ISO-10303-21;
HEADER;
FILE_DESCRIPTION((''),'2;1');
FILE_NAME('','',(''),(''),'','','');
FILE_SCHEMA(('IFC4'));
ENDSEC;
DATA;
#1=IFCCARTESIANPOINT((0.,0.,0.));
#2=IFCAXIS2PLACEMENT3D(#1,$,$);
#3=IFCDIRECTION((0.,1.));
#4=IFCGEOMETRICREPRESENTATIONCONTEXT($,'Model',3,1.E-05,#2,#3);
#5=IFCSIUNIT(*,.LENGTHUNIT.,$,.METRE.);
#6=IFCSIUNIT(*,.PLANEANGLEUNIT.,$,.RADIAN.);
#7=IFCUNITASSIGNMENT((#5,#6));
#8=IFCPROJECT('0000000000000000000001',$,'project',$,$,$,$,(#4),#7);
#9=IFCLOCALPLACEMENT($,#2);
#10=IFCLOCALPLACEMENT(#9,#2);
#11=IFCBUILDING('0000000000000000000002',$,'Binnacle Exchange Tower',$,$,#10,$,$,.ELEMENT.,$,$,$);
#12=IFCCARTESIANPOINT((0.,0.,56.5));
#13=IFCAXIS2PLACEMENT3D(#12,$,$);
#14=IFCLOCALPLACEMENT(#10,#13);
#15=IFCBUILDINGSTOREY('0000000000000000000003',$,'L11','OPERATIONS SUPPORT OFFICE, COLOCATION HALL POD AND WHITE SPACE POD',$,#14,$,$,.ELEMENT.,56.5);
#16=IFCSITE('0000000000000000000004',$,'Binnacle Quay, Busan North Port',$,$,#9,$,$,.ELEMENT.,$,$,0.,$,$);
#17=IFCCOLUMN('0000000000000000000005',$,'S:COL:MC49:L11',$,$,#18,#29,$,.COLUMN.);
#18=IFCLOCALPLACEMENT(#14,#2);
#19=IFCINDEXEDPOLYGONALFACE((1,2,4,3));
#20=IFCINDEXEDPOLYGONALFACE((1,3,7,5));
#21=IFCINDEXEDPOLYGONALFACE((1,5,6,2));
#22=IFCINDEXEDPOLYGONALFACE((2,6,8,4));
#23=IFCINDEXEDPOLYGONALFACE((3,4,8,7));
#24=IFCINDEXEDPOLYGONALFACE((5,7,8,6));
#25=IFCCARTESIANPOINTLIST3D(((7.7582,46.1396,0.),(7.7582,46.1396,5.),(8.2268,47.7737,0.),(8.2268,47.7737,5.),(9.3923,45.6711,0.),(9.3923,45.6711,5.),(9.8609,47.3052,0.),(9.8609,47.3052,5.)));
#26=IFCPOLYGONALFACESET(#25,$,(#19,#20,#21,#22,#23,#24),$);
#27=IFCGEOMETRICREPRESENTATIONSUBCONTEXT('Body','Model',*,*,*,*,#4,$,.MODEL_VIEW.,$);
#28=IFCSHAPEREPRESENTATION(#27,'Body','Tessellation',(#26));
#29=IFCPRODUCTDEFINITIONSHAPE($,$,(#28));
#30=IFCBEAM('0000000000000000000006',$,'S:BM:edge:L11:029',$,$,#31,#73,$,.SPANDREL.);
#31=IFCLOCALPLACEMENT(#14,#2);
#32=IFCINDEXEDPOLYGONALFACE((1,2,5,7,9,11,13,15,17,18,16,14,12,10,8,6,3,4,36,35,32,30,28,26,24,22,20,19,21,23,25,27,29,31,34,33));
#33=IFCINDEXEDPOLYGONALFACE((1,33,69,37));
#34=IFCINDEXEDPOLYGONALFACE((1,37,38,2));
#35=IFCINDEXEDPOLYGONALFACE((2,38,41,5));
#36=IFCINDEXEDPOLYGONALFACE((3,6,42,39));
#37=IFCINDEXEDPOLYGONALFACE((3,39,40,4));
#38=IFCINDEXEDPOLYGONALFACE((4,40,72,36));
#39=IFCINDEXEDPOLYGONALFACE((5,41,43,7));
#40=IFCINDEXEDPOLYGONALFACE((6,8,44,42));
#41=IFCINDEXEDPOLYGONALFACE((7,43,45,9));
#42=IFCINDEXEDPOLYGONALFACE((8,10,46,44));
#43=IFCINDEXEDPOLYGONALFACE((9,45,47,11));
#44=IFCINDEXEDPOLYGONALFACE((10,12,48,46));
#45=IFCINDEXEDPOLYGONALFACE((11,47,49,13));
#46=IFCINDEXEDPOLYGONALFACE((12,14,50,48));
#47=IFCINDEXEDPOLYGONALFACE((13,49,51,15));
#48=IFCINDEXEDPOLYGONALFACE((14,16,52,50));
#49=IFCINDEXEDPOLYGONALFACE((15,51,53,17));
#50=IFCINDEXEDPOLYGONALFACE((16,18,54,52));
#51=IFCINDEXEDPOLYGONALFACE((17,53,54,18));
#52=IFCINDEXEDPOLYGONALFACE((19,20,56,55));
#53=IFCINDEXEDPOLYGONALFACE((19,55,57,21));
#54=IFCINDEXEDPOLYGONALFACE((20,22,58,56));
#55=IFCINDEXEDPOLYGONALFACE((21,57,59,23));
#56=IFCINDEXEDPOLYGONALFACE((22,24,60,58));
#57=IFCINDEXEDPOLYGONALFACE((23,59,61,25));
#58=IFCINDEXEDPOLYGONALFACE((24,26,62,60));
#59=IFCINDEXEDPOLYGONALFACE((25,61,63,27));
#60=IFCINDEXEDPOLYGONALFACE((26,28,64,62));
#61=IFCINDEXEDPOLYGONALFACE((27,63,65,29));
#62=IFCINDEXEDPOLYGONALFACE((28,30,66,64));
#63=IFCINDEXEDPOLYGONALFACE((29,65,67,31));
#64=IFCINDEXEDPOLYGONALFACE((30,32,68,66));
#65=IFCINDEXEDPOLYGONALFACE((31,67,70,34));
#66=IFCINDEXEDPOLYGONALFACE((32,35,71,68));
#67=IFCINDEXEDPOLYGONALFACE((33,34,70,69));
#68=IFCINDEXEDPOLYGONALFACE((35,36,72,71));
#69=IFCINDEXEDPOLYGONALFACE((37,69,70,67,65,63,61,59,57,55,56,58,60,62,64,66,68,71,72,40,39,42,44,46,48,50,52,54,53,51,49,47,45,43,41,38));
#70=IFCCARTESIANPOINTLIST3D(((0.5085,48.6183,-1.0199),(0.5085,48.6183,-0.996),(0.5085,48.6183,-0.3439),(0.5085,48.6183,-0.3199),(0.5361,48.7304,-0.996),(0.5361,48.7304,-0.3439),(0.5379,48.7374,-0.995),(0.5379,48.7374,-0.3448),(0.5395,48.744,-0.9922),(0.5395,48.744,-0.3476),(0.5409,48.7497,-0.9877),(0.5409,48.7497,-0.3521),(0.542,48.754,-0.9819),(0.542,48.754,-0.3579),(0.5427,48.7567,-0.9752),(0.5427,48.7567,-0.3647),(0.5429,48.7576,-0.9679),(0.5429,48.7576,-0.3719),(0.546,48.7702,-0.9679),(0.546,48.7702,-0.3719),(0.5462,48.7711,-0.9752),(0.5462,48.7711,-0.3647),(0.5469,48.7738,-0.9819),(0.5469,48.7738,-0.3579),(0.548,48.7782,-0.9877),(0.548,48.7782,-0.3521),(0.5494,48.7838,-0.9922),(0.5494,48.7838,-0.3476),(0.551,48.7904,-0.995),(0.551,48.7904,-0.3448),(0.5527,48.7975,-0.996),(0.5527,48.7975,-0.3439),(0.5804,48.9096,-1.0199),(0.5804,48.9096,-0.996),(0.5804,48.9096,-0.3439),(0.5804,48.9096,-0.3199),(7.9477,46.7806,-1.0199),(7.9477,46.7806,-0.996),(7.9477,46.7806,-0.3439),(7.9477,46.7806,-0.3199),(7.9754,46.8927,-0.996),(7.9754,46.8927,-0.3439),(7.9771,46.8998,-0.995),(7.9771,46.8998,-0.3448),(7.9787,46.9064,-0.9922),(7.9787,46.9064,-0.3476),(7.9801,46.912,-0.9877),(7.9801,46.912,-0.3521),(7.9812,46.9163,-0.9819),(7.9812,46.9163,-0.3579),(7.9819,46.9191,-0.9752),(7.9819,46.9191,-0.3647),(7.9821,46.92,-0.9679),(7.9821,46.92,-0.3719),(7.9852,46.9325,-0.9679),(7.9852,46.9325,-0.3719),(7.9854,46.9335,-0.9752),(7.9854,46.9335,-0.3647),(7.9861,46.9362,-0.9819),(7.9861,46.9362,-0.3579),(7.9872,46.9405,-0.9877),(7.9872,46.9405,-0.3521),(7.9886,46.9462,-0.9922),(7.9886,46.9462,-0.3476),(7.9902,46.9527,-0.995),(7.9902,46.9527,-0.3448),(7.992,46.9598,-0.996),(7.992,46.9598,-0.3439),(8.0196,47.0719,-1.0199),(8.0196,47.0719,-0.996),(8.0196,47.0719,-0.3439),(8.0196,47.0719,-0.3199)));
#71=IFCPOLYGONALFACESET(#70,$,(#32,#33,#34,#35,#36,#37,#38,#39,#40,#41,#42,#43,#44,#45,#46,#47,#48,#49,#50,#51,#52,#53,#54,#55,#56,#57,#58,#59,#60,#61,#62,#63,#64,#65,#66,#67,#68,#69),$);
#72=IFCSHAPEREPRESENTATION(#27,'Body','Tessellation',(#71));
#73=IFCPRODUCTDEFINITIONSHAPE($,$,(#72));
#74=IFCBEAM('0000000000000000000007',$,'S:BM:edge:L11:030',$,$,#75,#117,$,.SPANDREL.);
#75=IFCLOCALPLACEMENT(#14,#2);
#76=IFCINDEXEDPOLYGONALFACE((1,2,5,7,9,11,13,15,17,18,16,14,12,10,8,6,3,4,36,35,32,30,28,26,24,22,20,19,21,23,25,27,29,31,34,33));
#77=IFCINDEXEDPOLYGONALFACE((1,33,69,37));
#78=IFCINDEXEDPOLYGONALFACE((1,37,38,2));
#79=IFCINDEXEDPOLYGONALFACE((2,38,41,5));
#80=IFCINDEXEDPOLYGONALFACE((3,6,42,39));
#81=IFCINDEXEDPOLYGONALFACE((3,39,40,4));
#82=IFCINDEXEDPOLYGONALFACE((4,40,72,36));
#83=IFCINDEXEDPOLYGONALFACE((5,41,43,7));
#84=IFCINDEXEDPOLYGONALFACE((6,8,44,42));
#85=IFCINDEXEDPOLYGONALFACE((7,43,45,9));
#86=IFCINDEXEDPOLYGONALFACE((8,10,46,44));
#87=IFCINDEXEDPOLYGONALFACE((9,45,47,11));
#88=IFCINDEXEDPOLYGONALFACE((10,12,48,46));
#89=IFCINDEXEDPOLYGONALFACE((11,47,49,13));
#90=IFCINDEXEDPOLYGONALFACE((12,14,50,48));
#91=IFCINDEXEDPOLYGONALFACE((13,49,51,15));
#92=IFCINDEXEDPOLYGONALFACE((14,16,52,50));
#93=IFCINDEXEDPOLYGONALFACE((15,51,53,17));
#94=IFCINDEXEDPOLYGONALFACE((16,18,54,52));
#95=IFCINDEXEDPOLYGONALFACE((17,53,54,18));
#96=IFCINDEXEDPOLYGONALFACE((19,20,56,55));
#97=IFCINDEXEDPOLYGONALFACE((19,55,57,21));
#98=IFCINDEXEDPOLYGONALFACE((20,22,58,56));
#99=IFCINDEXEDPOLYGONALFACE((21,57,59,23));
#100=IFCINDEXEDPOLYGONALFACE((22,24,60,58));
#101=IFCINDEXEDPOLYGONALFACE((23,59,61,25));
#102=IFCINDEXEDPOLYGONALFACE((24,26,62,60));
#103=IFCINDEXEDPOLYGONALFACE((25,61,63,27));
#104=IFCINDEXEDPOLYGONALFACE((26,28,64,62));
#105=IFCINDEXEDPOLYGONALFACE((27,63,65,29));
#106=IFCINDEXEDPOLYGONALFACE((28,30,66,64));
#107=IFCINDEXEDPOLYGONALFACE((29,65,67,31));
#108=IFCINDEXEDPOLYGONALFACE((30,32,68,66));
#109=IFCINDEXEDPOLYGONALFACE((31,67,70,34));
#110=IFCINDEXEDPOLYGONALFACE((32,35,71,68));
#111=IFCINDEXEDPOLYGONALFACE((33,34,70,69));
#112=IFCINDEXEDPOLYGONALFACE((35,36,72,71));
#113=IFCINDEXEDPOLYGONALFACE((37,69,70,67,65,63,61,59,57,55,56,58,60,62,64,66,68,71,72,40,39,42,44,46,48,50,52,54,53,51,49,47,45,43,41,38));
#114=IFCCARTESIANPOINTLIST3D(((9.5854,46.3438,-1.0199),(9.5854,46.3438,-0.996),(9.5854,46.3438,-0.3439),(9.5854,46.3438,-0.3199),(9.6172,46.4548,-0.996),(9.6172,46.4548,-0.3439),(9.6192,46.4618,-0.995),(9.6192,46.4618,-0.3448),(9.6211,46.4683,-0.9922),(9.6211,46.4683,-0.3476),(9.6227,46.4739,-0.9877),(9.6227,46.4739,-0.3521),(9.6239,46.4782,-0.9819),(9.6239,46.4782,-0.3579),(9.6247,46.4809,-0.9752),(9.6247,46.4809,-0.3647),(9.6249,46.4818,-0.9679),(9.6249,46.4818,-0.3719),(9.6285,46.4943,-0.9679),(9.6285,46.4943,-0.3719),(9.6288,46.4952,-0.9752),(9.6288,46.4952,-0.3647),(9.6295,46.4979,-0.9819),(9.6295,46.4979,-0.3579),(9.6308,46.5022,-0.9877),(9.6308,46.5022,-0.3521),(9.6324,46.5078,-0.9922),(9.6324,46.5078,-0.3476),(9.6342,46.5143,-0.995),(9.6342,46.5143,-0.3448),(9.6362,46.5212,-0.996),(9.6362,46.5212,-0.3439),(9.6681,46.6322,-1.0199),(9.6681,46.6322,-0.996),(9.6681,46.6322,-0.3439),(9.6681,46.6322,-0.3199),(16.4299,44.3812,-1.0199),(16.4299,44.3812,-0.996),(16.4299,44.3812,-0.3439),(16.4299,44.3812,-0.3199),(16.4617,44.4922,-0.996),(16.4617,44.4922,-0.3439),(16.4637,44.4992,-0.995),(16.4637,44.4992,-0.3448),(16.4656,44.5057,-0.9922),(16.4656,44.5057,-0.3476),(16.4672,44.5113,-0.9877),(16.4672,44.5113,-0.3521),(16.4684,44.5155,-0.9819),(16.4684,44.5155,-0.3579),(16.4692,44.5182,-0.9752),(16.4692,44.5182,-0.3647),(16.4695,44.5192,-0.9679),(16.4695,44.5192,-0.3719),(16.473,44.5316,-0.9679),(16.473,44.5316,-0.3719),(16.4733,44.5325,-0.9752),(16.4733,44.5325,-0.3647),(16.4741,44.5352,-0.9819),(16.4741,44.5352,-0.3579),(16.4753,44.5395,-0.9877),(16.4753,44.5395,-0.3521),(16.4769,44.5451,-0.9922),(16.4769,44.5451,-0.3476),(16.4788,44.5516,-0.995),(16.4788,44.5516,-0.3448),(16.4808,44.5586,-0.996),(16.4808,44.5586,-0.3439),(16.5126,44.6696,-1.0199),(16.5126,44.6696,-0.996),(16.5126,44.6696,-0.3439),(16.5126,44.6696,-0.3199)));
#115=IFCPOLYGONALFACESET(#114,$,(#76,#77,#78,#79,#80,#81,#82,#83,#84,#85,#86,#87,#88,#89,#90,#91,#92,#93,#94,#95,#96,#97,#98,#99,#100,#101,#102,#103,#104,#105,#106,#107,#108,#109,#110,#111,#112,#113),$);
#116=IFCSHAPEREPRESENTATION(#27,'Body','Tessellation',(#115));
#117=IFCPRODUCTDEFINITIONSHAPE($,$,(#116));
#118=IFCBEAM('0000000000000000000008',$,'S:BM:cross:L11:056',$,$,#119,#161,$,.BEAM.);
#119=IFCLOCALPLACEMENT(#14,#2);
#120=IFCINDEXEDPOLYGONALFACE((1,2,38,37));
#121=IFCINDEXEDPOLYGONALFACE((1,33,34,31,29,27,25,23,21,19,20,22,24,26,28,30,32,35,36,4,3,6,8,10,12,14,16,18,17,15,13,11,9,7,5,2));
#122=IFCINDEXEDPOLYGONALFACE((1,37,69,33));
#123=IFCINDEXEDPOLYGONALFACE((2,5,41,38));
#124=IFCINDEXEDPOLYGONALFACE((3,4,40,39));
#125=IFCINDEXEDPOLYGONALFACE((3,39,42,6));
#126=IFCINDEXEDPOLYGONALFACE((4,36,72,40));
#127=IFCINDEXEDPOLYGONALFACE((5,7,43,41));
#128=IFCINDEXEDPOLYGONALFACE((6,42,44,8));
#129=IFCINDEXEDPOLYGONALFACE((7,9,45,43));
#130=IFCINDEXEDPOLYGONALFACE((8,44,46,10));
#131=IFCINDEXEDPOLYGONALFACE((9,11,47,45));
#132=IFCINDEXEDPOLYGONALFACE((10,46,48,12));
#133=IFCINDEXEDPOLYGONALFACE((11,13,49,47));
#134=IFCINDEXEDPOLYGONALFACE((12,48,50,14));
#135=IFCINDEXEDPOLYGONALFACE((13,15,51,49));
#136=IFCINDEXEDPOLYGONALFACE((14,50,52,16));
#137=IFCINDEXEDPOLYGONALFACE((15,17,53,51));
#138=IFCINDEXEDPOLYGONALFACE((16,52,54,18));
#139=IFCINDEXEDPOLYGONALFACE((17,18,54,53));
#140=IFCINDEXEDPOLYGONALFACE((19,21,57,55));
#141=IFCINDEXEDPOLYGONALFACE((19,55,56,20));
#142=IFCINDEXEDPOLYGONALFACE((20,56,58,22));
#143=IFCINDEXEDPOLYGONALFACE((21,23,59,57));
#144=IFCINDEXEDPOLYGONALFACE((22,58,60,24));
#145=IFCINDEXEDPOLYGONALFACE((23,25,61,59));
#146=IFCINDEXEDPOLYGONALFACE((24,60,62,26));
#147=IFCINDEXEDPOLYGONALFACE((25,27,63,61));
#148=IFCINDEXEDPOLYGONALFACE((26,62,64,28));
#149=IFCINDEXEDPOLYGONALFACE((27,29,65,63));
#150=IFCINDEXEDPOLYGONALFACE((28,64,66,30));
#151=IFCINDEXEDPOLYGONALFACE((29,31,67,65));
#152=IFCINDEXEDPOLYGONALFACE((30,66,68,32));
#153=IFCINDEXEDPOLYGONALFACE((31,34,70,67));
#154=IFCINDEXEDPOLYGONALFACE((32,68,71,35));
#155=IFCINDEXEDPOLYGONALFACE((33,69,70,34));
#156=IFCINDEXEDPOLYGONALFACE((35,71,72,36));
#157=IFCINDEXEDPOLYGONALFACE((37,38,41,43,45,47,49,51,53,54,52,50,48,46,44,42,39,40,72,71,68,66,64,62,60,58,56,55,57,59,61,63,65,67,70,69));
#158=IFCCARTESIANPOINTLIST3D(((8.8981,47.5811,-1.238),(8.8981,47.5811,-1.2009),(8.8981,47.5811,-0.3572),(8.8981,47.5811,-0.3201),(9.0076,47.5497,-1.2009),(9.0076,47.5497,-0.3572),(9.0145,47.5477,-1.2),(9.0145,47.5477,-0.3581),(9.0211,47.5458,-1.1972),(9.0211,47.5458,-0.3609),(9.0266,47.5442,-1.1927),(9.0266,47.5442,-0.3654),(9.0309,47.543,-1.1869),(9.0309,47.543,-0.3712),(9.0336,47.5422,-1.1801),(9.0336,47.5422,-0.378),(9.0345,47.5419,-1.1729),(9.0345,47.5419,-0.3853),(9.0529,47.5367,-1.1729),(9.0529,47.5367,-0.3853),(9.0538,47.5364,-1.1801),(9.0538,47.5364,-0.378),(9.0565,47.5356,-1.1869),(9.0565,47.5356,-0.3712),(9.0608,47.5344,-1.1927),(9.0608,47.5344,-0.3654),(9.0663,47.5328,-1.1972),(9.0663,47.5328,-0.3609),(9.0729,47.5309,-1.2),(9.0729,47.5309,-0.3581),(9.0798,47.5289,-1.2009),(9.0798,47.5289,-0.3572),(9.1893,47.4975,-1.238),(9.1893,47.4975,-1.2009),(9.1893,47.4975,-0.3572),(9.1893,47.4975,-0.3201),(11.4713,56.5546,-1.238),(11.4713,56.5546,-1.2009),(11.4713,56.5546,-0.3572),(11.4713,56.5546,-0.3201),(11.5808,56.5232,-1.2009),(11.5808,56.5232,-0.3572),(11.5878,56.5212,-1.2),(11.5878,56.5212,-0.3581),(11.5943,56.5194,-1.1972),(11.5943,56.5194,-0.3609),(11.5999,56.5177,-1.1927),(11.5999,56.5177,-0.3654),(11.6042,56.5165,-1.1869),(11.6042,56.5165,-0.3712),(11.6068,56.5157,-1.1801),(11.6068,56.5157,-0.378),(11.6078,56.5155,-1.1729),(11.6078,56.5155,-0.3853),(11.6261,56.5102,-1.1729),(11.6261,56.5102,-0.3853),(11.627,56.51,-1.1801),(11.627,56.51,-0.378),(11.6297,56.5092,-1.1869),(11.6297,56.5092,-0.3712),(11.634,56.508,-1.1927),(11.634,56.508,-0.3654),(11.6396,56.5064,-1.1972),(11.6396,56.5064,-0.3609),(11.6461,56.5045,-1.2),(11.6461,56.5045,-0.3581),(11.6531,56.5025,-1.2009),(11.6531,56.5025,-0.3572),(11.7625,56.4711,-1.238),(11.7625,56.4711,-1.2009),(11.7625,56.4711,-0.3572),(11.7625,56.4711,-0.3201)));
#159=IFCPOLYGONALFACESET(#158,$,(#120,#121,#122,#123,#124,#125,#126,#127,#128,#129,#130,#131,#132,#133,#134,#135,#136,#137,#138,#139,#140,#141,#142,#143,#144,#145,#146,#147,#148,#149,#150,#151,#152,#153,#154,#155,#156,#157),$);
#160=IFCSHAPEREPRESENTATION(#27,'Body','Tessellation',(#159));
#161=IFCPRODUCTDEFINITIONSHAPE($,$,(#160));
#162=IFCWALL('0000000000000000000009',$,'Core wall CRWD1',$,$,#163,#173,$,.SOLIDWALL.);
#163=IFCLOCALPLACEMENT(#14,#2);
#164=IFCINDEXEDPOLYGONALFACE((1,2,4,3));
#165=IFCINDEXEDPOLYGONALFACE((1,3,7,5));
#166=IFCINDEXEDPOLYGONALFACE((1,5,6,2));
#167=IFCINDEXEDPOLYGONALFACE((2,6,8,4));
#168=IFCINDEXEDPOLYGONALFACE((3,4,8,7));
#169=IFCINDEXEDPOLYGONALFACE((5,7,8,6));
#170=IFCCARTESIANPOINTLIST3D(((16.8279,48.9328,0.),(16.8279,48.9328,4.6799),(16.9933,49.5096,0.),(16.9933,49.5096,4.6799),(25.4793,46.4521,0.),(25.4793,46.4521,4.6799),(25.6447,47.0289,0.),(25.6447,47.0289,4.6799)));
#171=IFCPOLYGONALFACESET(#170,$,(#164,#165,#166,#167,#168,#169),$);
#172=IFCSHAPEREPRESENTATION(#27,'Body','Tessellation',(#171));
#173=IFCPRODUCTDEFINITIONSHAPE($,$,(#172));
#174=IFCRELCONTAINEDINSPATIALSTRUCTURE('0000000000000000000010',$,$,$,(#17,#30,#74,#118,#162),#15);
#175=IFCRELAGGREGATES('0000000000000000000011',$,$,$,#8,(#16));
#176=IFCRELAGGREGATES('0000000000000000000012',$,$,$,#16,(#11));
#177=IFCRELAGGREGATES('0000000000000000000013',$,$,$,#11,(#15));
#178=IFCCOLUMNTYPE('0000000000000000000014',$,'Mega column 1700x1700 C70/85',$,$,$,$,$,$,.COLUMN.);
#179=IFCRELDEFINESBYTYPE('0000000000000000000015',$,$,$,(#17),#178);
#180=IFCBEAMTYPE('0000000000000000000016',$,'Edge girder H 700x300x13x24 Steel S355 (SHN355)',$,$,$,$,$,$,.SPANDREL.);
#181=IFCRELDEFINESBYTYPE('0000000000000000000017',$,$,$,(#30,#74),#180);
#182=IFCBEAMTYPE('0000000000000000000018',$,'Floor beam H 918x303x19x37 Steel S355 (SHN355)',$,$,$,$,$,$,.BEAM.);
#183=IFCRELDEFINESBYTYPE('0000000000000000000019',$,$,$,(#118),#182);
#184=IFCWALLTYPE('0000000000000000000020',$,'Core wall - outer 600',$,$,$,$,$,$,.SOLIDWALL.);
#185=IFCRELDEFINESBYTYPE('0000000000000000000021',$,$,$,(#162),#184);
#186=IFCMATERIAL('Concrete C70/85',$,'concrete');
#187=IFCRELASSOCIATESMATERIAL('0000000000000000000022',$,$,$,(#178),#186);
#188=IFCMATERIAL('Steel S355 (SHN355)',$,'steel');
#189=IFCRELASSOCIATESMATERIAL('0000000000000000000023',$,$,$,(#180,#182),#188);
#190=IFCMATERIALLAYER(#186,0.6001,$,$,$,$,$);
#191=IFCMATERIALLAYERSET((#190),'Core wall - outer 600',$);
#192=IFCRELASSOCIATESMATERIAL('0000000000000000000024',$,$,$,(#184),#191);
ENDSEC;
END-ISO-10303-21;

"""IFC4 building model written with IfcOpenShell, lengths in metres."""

from ifc_helpers import new_model, si_unit, direction, frame, frame_2d, origin, origin_2d, place, context, subcontext, project, spatial, rectangle, i_section, extrude, material, layer, layer_set, material_profile, profile_set, type_object, element, save


model = new_model("IFC4")

# Units and contexts
model_context = context("Model", 3, precision=1e-05, world=origin(), true_north=direction((0.0, 1.0)))
body_context = subcontext(model_context, "Body", "Model", "MODEL_VIEW")
ifc_project = project(units=[si_unit("LENGTHUNIT", "METRE"), si_unit("PLANEANGLEUNIT", "RADIAN")], contexts=[model_context])

# Site, building, storey
site_placement = place(None, origin())
site = spatial("IfcSite", under=ifc_project, at=site_placement, Name="Binnacle Quay, Busan North Port", CompositionType="ELEMENT", RefElevation=0.0)
building_placement = place(site_placement, origin())
building = spatial("IfcBuilding", under=site, at=building_placement, Name="Binnacle Exchange Tower", CompositionType="ELEMENT")
storey_placement = place(building_placement, frame((0.0, 0.0, 56.5)))
storey = spatial("IfcBuildingStorey", under=building, at=storey_placement, Name="L11", Description="OPERATIONS SUPPORT OFFICE, COLOCATION HALL POD AND WHITE SPACE POD", CompositionType="ELEMENT", Elevation=56.5)

# Column
ifc_material_1 = material(Name="Concrete C70/85", Category="concrete")
ifc_material_profile_1 = material_profile(ifc_material_1, rectangle(XDim=1.7, YDim=1.7, at=origin_2d()), Name="Mega column 1700x1700 C70/85")
ifc_profile_set_1 = profile_set([ifc_material_profile_1], Name="Concrete C70/85")
column_type = type_object("IfcColumnType", Name="Mega column 1700x1700 C70/85", PredefinedType="COLUMN", material=ifc_profile_set_1)
column_placement = place(storey_placement, frame((8.8096, 46.7224, 0.0), z_axis=(0.0, 0.0, 1.0), x_axis=(0.961262, -0.275637, 0.0)))
element("IfcColumn", 1, at=column_placement, inside=storey, type_object=column_type, Name="S:COL:MC49:L11", PredefinedType="COLUMN", context=body_context, shape_type="SweptSolid", body=[
    extrude(rectangle(XDim=1.7, YDim=1.7, at=origin_2d()), origin(), (0.0, 0.0, 1.0), 5.0),
])

# Beams
ifc_material_2 = material(Name="Steel S355 (SHN355)", Category="steel")
ifc_material_profile_2 = material_profile(ifc_material_2, i_section(OverallWidth=0.3, OverallDepth=0.7, WebThickness=0.0129, FlangeThickness=0.0239, FilletRadius=0.0281, at=origin_2d()), Name="H 700x300x13x24")
ifc_profile_set_2 = profile_set([ifc_material_profile_2], Name="Steel S355 (SHN355)")
beam_type_1 = type_object("IfcBeamType", Name="Edge girder H 700x300x13x24 Steel S355 (SHN355)", PredefinedType="SPANDREL", material=ifc_profile_set_2)
beam_1_placement = place(storey_placement, frame((0.5444, 48.7639, -0.6699), z_axis=(0.970819, -0.239813, 0.0), x_axis=(0.239813, 0.970819, 0.0)))
element("IfcBeam", 2, at=beam_1_placement, inside=storey, type_object=beam_type_1, Name="S:BM:edge:L11:029", PredefinedType="SPANDREL", context=body_context, shape_type="SweptSolid", body=[
    extrude(i_section(OverallWidth=0.3, OverallDepth=0.7, WebThickness=0.0129, FlangeThickness=0.0239, FilletRadius=0.0281, at=origin_2d()), origin(), (0.0, 0.0, 1.0), 7.6628),
])
beam_2_placement = place(storey_placement, frame((9.6267, 46.488, -0.6699), z_axis=(0.961261, -0.27564, 0.0), x_axis=(0.27564, 0.961261, 0.0)))
element("IfcBeam", 3, at=beam_2_placement, inside=storey, type_object=beam_type_1, Name="S:BM:edge:L11:030", PredefinedType="SPANDREL", context=body_context, shape_type="SweptSolid", body=[
    extrude(i_section(OverallWidth=0.3, OverallDepth=0.7, WebThickness=0.0129, FlangeThickness=0.0239, FilletRadius=0.0281, at=origin_2d()), origin(), (0.0, 0.0, 1.0), 7.1204),
])
ifc_material_profile_3 = material_profile(ifc_material_2, i_section(OverallWidth=0.303, OverallDepth=0.918, WebThickness=0.019, FlangeThickness=0.0371, FilletRadius=0.0281, at=origin_2d()), Name="H 918x303x19x37")
ifc_profile_set_3 = profile_set([ifc_material_profile_3], Name="Steel S355 (SHN355)")
beam_type_2 = type_object("IfcBeamType", Name="Floor beam H 918x303x19x37 Steel S355 (SHN355)", PredefinedType="BEAM", material=ifc_profile_set_3)
beam_3_placement = place(storey_placement, frame((9.0437, 47.5393, -0.7791), z_axis=(0.275647, 0.961259, 0.0), x_axis=(-0.961259, 0.275647, 0.0)))
element("IfcBeam", 4, at=beam_3_placement, inside=storey, type_object=beam_type_2, Name="S:BM:cross:L11:056", PredefinedType="BEAM", context=body_context, shape_type="SweptSolid", body=[
    extrude(i_section(OverallWidth=0.303, OverallDepth=0.918, WebThickness=0.019, FlangeThickness=0.0371, FilletRadius=0.0281, at=origin_2d()), origin(), (0.0, 0.0, 1.0), 9.3352),
])

# Wall
ifc_layer_1 = layer(ifc_material_1, 0.6001)
ifc_layer_set_1 = layer_set([ifc_layer_1], Name="Core wall - outer 600")
wall_type_1 = type_object("IfcWallType", Name="Core wall - outer 600", PredefinedType="SOLIDWALL", material=ifc_layer_set_1)
wall_1_placement = place(storey_placement, frame((16.9106, 49.2212, 0.0), z_axis=(0.0, 0.0, 1.0), x_axis=(0.961262, -0.275635, 0.0)))
element("IfcWall", 5, at=wall_1_placement, inside=storey, type_object=wall_type_1, Name="Core wall CRWD1", PredefinedType="SOLIDWALL", context=body_context, shape_type="SweptSolid", body=[
    extrude(rectangle(XDim=9.0, YDim=0.6001, at=frame_2d((4.5, 0.0))), origin(), (0.0, 0.0, 1.0), 4.6799),
])

save(model, "model.ifc")
